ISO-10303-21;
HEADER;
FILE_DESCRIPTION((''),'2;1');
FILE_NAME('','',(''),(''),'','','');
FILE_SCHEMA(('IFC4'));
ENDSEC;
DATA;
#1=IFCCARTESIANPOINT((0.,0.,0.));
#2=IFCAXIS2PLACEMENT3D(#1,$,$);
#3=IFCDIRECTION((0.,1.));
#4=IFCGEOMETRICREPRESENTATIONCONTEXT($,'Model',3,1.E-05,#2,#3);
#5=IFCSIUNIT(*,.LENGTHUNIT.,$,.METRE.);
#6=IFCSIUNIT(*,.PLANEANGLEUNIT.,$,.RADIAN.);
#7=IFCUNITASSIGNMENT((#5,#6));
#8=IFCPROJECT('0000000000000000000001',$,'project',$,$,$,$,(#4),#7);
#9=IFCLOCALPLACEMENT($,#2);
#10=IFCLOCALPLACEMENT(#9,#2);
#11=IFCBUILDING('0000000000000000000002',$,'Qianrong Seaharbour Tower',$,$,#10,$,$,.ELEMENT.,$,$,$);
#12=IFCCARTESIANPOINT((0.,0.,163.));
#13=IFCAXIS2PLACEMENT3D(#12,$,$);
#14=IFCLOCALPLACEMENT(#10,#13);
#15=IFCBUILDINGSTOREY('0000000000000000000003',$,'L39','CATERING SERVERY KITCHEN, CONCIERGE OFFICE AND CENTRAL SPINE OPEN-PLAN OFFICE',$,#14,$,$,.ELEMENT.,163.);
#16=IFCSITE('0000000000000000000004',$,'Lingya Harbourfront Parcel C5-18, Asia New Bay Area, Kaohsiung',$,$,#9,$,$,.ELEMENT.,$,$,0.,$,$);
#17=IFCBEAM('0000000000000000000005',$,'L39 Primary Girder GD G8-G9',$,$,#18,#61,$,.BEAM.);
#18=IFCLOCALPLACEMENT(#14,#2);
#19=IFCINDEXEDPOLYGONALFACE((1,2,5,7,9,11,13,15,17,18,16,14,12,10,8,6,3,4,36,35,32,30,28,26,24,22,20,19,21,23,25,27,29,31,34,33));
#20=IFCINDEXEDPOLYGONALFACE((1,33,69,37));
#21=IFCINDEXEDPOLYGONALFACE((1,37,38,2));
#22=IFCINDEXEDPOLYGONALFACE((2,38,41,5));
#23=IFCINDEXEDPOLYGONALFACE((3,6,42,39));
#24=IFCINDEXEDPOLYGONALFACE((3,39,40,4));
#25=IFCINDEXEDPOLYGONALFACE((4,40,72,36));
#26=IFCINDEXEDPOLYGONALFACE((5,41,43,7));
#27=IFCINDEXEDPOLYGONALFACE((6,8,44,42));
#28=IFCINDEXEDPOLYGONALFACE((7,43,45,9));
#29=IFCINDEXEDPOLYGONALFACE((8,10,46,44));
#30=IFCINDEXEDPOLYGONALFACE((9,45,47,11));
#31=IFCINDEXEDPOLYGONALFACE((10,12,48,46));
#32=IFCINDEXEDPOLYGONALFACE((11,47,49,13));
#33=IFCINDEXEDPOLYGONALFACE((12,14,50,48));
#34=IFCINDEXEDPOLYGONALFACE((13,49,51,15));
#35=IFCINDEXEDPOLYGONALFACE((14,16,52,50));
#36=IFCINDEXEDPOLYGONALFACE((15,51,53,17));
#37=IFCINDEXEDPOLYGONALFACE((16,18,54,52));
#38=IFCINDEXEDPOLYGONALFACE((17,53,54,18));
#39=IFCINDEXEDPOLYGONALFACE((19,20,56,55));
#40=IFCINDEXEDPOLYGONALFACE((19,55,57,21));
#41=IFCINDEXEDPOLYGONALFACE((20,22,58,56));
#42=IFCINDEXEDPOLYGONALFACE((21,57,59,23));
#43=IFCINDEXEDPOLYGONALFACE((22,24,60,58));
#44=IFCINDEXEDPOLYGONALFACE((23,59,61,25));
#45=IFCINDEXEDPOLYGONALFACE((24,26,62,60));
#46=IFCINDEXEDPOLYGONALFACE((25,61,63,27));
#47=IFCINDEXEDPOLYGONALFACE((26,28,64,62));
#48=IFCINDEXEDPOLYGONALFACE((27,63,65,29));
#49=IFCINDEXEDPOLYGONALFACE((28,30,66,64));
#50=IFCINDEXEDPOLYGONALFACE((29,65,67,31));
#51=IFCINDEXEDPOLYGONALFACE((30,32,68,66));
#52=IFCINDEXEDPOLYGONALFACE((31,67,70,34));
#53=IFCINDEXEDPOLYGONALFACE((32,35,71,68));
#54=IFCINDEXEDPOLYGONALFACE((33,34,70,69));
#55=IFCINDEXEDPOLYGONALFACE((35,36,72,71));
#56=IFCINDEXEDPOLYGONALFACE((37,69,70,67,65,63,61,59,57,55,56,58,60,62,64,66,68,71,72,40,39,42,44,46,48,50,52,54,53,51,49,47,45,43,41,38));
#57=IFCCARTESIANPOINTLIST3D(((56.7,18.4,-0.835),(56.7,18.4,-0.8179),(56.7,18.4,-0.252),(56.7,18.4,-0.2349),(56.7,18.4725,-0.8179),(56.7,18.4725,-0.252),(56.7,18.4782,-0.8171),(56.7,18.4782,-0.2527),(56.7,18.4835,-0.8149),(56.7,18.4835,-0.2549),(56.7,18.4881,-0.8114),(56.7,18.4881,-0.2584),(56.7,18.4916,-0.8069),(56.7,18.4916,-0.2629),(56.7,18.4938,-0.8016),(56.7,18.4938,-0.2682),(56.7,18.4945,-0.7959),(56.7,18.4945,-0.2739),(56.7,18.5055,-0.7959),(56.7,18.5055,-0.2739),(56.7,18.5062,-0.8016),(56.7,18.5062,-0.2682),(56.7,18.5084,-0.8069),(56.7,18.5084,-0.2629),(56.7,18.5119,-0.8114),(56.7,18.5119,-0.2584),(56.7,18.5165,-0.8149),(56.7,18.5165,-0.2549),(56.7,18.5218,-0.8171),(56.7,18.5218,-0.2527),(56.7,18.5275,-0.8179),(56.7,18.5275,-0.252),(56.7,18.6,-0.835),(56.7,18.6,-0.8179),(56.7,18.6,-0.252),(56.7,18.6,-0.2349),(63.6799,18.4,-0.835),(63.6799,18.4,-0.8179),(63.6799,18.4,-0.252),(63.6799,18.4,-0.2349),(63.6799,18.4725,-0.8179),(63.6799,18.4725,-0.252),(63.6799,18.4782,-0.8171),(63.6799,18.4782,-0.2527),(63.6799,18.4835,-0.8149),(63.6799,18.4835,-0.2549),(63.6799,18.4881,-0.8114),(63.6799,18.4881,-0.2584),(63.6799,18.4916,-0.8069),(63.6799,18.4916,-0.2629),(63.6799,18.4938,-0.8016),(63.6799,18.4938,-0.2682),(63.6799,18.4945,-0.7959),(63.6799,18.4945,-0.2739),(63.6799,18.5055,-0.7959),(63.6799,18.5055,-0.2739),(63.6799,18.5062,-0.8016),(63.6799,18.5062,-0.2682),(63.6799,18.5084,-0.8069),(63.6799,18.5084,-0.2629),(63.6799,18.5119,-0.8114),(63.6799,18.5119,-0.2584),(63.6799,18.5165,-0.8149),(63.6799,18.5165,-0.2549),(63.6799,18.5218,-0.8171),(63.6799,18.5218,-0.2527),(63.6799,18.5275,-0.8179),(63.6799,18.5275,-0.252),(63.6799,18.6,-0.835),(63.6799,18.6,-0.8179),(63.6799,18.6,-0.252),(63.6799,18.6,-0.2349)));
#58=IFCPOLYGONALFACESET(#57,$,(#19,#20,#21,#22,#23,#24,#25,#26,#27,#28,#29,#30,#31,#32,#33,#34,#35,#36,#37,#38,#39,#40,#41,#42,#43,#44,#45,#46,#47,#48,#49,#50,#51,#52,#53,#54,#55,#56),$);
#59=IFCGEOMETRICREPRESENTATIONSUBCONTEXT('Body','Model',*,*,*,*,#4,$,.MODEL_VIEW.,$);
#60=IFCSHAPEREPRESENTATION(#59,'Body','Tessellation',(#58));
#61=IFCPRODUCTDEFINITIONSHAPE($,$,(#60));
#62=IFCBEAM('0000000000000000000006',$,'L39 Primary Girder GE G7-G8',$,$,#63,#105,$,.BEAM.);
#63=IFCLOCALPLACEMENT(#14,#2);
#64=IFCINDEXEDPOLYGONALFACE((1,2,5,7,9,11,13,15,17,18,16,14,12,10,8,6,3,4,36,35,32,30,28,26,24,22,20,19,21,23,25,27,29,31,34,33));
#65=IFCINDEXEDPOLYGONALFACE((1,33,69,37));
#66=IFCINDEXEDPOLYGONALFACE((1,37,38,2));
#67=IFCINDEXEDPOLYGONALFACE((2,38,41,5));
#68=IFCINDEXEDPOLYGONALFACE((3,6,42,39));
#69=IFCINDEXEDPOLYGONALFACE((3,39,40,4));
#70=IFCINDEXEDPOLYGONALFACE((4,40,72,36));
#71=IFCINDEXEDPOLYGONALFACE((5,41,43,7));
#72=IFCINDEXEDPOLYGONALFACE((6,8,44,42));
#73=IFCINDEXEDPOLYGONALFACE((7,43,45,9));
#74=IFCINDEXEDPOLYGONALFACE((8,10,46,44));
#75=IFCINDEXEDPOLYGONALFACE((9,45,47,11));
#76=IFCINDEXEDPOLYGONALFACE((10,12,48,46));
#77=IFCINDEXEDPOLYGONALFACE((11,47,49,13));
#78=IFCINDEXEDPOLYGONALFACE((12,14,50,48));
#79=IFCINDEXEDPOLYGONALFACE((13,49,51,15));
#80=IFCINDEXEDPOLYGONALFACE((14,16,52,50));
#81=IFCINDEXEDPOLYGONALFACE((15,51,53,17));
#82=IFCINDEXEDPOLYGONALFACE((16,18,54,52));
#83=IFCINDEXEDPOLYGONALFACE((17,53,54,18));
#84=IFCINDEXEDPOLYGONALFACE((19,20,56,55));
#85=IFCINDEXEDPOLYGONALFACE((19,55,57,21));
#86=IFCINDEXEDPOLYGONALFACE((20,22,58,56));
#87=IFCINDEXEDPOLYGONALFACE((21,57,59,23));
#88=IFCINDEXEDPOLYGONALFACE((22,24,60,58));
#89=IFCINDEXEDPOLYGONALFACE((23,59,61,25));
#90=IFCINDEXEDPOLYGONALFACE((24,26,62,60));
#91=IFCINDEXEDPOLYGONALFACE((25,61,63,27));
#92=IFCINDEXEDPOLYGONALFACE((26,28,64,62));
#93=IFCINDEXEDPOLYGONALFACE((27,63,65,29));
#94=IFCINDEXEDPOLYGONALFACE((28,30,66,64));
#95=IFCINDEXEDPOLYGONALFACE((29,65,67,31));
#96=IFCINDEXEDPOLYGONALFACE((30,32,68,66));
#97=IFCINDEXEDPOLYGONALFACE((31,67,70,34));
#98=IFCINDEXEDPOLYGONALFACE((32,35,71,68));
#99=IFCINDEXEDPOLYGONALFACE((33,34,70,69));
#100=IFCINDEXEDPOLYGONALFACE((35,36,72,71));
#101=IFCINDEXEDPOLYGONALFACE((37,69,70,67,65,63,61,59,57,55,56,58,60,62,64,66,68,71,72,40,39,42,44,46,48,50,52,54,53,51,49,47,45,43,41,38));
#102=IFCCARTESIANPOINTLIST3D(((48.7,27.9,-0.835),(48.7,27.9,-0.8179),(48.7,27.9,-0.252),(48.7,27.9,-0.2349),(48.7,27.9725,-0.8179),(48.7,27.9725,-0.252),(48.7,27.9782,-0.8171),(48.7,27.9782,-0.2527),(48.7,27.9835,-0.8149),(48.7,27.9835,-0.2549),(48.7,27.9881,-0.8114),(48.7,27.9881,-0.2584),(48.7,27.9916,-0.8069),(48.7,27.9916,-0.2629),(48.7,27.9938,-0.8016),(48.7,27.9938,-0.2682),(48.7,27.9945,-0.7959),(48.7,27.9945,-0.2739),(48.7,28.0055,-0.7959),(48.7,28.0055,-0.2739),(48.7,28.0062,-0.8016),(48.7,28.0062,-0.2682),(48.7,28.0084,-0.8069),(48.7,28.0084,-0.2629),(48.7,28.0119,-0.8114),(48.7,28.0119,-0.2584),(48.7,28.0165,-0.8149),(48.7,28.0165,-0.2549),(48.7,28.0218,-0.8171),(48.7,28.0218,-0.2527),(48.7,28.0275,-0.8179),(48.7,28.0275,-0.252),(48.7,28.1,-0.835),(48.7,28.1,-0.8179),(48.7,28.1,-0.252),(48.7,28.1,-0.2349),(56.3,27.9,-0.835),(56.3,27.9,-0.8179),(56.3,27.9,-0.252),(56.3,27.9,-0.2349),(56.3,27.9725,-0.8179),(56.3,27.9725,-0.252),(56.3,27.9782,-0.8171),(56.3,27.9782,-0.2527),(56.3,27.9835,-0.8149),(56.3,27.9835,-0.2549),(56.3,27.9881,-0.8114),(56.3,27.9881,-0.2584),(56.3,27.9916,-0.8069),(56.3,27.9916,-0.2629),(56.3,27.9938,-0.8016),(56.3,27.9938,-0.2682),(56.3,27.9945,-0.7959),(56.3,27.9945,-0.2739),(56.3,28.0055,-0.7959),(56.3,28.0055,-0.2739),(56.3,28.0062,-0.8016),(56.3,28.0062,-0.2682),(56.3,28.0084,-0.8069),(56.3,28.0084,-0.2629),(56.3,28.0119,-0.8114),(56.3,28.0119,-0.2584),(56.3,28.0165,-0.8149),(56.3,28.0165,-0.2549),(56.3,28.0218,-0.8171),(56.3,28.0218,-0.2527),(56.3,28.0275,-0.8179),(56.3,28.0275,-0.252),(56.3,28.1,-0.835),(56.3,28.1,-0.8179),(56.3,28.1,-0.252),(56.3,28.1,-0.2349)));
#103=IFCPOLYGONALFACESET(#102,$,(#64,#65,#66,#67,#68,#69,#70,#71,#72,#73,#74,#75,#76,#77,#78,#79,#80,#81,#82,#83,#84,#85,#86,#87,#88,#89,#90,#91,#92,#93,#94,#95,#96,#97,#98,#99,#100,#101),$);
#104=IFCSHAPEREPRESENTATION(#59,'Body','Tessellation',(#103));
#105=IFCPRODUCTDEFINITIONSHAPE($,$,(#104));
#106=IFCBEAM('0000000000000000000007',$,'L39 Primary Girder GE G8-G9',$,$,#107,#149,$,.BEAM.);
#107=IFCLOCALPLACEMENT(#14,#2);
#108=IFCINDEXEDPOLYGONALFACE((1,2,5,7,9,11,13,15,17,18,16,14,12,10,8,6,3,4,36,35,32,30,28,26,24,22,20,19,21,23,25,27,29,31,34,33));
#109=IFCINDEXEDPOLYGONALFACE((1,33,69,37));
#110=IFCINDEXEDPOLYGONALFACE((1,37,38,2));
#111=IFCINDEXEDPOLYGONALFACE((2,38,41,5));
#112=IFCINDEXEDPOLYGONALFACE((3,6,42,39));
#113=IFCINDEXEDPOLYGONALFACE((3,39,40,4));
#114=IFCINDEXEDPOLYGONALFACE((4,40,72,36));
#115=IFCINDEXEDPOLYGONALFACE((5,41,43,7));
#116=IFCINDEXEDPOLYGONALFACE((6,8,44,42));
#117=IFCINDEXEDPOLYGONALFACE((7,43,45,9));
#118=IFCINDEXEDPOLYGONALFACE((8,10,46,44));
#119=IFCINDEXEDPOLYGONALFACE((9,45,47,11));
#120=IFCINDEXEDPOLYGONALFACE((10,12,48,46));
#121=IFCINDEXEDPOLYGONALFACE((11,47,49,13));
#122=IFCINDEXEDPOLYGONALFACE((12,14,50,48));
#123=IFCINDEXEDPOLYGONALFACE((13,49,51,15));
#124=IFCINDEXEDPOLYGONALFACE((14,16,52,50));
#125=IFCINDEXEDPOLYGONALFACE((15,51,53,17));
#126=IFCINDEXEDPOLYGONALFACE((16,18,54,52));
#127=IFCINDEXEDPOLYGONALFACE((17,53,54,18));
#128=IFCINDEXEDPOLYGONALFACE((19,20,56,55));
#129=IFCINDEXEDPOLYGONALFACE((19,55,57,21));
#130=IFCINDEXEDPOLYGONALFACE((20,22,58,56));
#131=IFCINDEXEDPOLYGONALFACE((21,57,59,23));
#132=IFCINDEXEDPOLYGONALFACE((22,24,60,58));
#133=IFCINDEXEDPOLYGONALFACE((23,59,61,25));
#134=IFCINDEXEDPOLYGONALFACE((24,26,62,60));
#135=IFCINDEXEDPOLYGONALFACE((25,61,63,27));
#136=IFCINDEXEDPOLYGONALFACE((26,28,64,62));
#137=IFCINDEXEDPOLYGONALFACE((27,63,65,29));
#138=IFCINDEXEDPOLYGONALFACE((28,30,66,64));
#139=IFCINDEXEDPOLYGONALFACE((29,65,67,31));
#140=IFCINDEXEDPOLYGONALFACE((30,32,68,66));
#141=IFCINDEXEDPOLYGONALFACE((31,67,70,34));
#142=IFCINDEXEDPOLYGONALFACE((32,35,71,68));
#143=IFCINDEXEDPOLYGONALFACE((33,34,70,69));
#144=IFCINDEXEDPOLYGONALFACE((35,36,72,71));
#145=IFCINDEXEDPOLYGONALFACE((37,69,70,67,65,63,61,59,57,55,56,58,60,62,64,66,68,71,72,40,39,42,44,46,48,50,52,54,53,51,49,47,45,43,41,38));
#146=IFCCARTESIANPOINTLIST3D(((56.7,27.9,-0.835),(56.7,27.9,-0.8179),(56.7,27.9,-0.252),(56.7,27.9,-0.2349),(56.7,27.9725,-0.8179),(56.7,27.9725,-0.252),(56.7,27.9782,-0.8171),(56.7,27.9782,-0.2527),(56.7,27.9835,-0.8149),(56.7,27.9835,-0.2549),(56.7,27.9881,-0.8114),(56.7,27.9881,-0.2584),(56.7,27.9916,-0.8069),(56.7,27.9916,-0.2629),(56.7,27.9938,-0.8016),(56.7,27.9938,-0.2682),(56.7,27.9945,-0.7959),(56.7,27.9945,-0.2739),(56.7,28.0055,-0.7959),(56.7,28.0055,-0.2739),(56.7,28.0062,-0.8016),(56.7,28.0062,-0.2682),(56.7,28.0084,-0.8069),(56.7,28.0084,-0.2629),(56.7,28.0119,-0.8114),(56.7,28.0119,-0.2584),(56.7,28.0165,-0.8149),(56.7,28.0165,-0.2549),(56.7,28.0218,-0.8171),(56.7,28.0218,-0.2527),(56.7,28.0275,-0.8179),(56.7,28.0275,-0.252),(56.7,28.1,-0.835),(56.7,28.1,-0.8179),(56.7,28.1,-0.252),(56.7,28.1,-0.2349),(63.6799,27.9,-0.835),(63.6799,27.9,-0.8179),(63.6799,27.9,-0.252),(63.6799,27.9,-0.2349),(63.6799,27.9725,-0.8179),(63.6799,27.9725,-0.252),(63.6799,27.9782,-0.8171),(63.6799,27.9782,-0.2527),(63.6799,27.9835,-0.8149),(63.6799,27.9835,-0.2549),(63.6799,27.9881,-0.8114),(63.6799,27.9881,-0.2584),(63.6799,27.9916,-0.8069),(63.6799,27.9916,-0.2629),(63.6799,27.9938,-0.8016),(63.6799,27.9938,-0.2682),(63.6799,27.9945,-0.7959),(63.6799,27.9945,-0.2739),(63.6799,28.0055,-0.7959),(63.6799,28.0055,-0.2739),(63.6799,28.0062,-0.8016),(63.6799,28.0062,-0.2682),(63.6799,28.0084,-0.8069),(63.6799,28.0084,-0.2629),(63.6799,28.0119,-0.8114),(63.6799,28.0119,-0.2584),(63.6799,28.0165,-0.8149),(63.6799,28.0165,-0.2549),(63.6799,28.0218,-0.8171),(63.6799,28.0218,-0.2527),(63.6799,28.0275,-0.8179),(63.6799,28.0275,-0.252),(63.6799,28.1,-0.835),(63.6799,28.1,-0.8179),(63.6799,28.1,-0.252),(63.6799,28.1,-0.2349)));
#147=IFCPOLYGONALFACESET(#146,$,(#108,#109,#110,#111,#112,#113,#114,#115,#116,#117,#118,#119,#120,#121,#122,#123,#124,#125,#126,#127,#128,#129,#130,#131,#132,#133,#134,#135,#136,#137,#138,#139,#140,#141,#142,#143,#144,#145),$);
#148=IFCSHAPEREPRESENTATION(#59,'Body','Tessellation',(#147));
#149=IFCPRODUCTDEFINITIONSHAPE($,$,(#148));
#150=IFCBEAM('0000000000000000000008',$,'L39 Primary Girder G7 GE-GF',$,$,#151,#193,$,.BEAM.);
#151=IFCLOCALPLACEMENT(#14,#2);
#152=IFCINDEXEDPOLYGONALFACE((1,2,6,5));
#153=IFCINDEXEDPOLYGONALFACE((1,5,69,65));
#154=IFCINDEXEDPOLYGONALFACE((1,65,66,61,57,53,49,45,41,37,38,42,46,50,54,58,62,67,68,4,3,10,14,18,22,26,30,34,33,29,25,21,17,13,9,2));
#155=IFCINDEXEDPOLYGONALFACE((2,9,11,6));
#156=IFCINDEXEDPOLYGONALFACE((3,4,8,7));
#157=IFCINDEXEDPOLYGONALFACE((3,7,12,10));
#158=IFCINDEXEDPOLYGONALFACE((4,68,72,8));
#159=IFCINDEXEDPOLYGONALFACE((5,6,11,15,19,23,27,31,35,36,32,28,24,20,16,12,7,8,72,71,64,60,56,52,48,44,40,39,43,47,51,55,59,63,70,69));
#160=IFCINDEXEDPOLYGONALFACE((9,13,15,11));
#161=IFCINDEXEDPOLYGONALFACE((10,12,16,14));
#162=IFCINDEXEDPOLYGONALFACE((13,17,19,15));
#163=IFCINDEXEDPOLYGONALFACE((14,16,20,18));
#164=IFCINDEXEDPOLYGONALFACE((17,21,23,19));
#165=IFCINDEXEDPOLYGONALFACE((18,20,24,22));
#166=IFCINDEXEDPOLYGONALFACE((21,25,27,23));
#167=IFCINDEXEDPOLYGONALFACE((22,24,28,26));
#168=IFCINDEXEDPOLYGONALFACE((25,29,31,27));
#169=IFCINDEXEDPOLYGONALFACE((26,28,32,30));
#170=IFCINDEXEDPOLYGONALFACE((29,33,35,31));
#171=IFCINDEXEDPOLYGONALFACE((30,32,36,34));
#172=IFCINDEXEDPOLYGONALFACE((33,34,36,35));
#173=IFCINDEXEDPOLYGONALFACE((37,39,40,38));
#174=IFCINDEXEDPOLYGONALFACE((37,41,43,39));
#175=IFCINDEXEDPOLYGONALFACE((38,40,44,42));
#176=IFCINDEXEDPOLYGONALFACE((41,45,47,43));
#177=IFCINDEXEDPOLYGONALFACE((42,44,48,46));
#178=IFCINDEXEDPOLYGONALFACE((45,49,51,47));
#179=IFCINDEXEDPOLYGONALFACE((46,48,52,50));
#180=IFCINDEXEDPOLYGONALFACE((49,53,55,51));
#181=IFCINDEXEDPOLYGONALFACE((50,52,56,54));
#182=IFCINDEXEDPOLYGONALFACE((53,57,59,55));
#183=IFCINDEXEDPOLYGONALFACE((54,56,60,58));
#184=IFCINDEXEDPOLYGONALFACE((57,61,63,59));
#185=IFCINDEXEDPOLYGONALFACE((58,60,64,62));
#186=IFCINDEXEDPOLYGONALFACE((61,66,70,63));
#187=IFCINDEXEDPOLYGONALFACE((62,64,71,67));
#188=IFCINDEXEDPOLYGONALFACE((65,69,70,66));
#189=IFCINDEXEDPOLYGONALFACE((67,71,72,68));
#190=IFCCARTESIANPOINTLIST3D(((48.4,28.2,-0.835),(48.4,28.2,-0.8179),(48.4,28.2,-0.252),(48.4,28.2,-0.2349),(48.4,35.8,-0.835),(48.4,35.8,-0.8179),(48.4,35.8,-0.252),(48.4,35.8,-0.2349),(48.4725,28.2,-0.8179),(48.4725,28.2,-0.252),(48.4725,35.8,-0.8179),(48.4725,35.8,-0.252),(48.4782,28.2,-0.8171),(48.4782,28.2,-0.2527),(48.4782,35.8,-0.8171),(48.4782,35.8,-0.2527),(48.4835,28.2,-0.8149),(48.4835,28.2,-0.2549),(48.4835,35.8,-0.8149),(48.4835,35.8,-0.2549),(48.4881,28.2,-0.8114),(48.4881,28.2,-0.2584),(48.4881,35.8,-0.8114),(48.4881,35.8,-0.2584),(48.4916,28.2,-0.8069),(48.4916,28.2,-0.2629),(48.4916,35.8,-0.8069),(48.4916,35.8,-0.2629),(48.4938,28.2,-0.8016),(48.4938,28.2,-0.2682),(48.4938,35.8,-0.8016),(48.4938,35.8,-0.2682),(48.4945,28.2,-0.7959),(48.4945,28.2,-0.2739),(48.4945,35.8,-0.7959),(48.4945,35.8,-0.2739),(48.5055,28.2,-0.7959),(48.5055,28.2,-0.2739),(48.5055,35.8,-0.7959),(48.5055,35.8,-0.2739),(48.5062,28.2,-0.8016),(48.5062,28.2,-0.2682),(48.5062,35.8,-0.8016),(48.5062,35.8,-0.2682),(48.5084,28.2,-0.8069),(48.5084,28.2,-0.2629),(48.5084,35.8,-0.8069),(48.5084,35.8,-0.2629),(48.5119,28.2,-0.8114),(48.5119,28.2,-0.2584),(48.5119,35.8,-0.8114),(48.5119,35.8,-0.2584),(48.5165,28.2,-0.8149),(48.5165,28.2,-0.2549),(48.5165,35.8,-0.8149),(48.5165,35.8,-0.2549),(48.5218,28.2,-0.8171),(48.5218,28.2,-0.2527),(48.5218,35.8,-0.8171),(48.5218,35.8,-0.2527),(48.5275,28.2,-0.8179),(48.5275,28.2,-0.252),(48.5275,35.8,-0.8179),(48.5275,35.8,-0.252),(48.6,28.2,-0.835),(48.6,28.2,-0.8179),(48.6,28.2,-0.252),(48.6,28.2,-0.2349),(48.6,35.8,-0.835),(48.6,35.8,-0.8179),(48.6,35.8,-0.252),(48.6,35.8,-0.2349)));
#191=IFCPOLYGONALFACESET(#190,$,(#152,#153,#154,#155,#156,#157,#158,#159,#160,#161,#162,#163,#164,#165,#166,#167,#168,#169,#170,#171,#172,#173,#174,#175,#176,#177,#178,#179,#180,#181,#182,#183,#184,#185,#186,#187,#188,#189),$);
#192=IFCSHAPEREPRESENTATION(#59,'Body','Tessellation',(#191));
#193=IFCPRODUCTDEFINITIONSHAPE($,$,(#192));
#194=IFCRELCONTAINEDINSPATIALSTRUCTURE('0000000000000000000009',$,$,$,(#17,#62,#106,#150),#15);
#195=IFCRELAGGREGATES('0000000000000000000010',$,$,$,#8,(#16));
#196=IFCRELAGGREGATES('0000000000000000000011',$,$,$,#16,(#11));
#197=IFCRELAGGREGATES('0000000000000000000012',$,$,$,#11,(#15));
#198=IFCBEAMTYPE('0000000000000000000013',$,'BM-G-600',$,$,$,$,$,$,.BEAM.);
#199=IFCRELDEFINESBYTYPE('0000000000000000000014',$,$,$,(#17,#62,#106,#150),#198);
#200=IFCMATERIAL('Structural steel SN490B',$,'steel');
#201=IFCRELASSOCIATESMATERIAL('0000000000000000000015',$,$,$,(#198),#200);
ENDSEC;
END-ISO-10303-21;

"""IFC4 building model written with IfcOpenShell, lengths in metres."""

from ifc_helpers import new_model, si_unit, direction, frame, origin, origin_2d, place, context, subcontext, project, spatial, i_section, extrude, material, material_profile, profile_set, type_object, element, save


model = new_model("IFC4")

# Units and contexts
model_context = context("Model", 3, precision=1e-05, world=origin(), true_north=direction((0.0, 1.0)))
body_context = subcontext(model_context, "Body", "Model", "MODEL_VIEW")
ifc_project = project(units=[si_unit("LENGTHUNIT", "METRE"), si_unit("PLANEANGLEUNIT", "RADIAN")], contexts=[model_context])

# Site, building, storey
site_placement = place(None, origin())
site = spatial("IfcSite", under=ifc_project, at=site_placement, Name="Lingya Harbourfront Parcel C5-18, Asia New Bay Area, Kaohsiung", CompositionType="ELEMENT", RefElevation=0.0)
building_placement = place(site_placement, origin())
building = spatial("IfcBuilding", under=site, at=building_placement, Name="Qianrong Seaharbour Tower", CompositionType="ELEMENT")
storey_placement = place(building_placement, frame((0.0, 0.0, 163.0)))
storey = spatial("IfcBuildingStorey", under=building, at=storey_placement, Name="L39", Description="CATERING SERVERY KITCHEN, CONCIERGE OFFICE AND CENTRAL SPINE OPEN-PLAN OFFICE", CompositionType="ELEMENT", Elevation=163.0)

# Shared definitions
ifc_material_1 = material(Name="Structural steel SN490B", Category="steel")

# Beams
ifc_material_profile_1 = material_profile(ifc_material_1, i_section(OverallWidth=0.2, OverallDepth=0.6001, WebThickness=0.011, FlangeThickness=0.0171, FilletRadius=0.022, at=origin_2d()), Name="H600x200x11x17")
ifc_profile_set_1 = profile_set([ifc_material_profile_1], Name="Structural steel SN490B")
beam_type_1 = type_object("IfcBeamType", Name="BM-G-600", PredefinedType="BEAM", material=ifc_profile_set_1)
beam_1_placement = place(storey_placement, frame((56.7, 18.5, -0.5349), z_axis=(1.0, 0.0, 0.0), x_axis=(0.0, 1.0, 0.0)))
element("IfcBeam", 1, at=beam_1_placement, inside=storey, type_object=beam_type_1, Name="L39 Primary Girder GD G8-G9", PredefinedType="BEAM", context=body_context, shape_type="SweptSolid", body=[
    extrude(i_section(OverallWidth=0.2, OverallDepth=0.6001, WebThickness=0.011, FlangeThickness=0.0171, FilletRadius=0.022, at=origin_2d()), origin(), (0.0, 0.0, 1.0), 6.98),
])
beam_2_placement = place(storey_placement, frame((48.7, 28.0, -0.5349), z_axis=(1.0, 0.0, 0.0), x_axis=(0.0, 1.0, 0.0)))
element("IfcBeam", 2, at=beam_2_placement, inside=storey, type_object=beam_type_1, Name="L39 Primary Girder GE G7-G8", PredefinedType="BEAM", context=body_context, shape_type="SweptSolid", body=[
    extrude(i_section(OverallWidth=0.2, OverallDepth=0.6001, WebThickness=0.011, FlangeThickness=0.0171, FilletRadius=0.022, at=origin_2d()), origin(), (0.0, 0.0, 1.0), 7.6001),
])
beam_3_placement = place(storey_placement, frame((56.7, 28.0, -0.5349), z_axis=(1.0, 0.0, 0.0), x_axis=(0.0, 1.0, 0.0)))
element("IfcBeam", 3, at=beam_3_placement, inside=storey, type_object=beam_type_1, Name="L39 Primary Girder GE G8-G9", PredefinedType="BEAM", context=body_context, shape_type="SweptSolid", body=[
    extrude(i_section(OverallWidth=0.2, OverallDepth=0.6001, WebThickness=0.011, FlangeThickness=0.0171, FilletRadius=0.022, at=origin_2d()), origin(), (0.0, 0.0, 1.0), 6.98),
])
for number, where, z_axis, x_axis, name in (
    (4, (48.5, 28.2, -0.5349), (0.0, 1.0, 0.0), (-1.0, 0.0, 0.0), "L39 Primary Girder G7 GE-GF"),
):
    element("IfcBeam", number, at=place(storey_placement, frame(where, z_axis=z_axis, x_axis=x_axis)), inside=storey, type_object=beam_type_1, Name=name, PredefinedType="BEAM", context=body_context, shape_type="SweptSolid", body=[
        extrude(i_section(OverallWidth=0.2, OverallDepth=0.6001, WebThickness=0.011, FlangeThickness=0.0171, FilletRadius=0.022, at=origin_2d()), origin(), (0.0, 0.0, 1.0), 7.6001),
    ])

save(model, "model.ifc")
